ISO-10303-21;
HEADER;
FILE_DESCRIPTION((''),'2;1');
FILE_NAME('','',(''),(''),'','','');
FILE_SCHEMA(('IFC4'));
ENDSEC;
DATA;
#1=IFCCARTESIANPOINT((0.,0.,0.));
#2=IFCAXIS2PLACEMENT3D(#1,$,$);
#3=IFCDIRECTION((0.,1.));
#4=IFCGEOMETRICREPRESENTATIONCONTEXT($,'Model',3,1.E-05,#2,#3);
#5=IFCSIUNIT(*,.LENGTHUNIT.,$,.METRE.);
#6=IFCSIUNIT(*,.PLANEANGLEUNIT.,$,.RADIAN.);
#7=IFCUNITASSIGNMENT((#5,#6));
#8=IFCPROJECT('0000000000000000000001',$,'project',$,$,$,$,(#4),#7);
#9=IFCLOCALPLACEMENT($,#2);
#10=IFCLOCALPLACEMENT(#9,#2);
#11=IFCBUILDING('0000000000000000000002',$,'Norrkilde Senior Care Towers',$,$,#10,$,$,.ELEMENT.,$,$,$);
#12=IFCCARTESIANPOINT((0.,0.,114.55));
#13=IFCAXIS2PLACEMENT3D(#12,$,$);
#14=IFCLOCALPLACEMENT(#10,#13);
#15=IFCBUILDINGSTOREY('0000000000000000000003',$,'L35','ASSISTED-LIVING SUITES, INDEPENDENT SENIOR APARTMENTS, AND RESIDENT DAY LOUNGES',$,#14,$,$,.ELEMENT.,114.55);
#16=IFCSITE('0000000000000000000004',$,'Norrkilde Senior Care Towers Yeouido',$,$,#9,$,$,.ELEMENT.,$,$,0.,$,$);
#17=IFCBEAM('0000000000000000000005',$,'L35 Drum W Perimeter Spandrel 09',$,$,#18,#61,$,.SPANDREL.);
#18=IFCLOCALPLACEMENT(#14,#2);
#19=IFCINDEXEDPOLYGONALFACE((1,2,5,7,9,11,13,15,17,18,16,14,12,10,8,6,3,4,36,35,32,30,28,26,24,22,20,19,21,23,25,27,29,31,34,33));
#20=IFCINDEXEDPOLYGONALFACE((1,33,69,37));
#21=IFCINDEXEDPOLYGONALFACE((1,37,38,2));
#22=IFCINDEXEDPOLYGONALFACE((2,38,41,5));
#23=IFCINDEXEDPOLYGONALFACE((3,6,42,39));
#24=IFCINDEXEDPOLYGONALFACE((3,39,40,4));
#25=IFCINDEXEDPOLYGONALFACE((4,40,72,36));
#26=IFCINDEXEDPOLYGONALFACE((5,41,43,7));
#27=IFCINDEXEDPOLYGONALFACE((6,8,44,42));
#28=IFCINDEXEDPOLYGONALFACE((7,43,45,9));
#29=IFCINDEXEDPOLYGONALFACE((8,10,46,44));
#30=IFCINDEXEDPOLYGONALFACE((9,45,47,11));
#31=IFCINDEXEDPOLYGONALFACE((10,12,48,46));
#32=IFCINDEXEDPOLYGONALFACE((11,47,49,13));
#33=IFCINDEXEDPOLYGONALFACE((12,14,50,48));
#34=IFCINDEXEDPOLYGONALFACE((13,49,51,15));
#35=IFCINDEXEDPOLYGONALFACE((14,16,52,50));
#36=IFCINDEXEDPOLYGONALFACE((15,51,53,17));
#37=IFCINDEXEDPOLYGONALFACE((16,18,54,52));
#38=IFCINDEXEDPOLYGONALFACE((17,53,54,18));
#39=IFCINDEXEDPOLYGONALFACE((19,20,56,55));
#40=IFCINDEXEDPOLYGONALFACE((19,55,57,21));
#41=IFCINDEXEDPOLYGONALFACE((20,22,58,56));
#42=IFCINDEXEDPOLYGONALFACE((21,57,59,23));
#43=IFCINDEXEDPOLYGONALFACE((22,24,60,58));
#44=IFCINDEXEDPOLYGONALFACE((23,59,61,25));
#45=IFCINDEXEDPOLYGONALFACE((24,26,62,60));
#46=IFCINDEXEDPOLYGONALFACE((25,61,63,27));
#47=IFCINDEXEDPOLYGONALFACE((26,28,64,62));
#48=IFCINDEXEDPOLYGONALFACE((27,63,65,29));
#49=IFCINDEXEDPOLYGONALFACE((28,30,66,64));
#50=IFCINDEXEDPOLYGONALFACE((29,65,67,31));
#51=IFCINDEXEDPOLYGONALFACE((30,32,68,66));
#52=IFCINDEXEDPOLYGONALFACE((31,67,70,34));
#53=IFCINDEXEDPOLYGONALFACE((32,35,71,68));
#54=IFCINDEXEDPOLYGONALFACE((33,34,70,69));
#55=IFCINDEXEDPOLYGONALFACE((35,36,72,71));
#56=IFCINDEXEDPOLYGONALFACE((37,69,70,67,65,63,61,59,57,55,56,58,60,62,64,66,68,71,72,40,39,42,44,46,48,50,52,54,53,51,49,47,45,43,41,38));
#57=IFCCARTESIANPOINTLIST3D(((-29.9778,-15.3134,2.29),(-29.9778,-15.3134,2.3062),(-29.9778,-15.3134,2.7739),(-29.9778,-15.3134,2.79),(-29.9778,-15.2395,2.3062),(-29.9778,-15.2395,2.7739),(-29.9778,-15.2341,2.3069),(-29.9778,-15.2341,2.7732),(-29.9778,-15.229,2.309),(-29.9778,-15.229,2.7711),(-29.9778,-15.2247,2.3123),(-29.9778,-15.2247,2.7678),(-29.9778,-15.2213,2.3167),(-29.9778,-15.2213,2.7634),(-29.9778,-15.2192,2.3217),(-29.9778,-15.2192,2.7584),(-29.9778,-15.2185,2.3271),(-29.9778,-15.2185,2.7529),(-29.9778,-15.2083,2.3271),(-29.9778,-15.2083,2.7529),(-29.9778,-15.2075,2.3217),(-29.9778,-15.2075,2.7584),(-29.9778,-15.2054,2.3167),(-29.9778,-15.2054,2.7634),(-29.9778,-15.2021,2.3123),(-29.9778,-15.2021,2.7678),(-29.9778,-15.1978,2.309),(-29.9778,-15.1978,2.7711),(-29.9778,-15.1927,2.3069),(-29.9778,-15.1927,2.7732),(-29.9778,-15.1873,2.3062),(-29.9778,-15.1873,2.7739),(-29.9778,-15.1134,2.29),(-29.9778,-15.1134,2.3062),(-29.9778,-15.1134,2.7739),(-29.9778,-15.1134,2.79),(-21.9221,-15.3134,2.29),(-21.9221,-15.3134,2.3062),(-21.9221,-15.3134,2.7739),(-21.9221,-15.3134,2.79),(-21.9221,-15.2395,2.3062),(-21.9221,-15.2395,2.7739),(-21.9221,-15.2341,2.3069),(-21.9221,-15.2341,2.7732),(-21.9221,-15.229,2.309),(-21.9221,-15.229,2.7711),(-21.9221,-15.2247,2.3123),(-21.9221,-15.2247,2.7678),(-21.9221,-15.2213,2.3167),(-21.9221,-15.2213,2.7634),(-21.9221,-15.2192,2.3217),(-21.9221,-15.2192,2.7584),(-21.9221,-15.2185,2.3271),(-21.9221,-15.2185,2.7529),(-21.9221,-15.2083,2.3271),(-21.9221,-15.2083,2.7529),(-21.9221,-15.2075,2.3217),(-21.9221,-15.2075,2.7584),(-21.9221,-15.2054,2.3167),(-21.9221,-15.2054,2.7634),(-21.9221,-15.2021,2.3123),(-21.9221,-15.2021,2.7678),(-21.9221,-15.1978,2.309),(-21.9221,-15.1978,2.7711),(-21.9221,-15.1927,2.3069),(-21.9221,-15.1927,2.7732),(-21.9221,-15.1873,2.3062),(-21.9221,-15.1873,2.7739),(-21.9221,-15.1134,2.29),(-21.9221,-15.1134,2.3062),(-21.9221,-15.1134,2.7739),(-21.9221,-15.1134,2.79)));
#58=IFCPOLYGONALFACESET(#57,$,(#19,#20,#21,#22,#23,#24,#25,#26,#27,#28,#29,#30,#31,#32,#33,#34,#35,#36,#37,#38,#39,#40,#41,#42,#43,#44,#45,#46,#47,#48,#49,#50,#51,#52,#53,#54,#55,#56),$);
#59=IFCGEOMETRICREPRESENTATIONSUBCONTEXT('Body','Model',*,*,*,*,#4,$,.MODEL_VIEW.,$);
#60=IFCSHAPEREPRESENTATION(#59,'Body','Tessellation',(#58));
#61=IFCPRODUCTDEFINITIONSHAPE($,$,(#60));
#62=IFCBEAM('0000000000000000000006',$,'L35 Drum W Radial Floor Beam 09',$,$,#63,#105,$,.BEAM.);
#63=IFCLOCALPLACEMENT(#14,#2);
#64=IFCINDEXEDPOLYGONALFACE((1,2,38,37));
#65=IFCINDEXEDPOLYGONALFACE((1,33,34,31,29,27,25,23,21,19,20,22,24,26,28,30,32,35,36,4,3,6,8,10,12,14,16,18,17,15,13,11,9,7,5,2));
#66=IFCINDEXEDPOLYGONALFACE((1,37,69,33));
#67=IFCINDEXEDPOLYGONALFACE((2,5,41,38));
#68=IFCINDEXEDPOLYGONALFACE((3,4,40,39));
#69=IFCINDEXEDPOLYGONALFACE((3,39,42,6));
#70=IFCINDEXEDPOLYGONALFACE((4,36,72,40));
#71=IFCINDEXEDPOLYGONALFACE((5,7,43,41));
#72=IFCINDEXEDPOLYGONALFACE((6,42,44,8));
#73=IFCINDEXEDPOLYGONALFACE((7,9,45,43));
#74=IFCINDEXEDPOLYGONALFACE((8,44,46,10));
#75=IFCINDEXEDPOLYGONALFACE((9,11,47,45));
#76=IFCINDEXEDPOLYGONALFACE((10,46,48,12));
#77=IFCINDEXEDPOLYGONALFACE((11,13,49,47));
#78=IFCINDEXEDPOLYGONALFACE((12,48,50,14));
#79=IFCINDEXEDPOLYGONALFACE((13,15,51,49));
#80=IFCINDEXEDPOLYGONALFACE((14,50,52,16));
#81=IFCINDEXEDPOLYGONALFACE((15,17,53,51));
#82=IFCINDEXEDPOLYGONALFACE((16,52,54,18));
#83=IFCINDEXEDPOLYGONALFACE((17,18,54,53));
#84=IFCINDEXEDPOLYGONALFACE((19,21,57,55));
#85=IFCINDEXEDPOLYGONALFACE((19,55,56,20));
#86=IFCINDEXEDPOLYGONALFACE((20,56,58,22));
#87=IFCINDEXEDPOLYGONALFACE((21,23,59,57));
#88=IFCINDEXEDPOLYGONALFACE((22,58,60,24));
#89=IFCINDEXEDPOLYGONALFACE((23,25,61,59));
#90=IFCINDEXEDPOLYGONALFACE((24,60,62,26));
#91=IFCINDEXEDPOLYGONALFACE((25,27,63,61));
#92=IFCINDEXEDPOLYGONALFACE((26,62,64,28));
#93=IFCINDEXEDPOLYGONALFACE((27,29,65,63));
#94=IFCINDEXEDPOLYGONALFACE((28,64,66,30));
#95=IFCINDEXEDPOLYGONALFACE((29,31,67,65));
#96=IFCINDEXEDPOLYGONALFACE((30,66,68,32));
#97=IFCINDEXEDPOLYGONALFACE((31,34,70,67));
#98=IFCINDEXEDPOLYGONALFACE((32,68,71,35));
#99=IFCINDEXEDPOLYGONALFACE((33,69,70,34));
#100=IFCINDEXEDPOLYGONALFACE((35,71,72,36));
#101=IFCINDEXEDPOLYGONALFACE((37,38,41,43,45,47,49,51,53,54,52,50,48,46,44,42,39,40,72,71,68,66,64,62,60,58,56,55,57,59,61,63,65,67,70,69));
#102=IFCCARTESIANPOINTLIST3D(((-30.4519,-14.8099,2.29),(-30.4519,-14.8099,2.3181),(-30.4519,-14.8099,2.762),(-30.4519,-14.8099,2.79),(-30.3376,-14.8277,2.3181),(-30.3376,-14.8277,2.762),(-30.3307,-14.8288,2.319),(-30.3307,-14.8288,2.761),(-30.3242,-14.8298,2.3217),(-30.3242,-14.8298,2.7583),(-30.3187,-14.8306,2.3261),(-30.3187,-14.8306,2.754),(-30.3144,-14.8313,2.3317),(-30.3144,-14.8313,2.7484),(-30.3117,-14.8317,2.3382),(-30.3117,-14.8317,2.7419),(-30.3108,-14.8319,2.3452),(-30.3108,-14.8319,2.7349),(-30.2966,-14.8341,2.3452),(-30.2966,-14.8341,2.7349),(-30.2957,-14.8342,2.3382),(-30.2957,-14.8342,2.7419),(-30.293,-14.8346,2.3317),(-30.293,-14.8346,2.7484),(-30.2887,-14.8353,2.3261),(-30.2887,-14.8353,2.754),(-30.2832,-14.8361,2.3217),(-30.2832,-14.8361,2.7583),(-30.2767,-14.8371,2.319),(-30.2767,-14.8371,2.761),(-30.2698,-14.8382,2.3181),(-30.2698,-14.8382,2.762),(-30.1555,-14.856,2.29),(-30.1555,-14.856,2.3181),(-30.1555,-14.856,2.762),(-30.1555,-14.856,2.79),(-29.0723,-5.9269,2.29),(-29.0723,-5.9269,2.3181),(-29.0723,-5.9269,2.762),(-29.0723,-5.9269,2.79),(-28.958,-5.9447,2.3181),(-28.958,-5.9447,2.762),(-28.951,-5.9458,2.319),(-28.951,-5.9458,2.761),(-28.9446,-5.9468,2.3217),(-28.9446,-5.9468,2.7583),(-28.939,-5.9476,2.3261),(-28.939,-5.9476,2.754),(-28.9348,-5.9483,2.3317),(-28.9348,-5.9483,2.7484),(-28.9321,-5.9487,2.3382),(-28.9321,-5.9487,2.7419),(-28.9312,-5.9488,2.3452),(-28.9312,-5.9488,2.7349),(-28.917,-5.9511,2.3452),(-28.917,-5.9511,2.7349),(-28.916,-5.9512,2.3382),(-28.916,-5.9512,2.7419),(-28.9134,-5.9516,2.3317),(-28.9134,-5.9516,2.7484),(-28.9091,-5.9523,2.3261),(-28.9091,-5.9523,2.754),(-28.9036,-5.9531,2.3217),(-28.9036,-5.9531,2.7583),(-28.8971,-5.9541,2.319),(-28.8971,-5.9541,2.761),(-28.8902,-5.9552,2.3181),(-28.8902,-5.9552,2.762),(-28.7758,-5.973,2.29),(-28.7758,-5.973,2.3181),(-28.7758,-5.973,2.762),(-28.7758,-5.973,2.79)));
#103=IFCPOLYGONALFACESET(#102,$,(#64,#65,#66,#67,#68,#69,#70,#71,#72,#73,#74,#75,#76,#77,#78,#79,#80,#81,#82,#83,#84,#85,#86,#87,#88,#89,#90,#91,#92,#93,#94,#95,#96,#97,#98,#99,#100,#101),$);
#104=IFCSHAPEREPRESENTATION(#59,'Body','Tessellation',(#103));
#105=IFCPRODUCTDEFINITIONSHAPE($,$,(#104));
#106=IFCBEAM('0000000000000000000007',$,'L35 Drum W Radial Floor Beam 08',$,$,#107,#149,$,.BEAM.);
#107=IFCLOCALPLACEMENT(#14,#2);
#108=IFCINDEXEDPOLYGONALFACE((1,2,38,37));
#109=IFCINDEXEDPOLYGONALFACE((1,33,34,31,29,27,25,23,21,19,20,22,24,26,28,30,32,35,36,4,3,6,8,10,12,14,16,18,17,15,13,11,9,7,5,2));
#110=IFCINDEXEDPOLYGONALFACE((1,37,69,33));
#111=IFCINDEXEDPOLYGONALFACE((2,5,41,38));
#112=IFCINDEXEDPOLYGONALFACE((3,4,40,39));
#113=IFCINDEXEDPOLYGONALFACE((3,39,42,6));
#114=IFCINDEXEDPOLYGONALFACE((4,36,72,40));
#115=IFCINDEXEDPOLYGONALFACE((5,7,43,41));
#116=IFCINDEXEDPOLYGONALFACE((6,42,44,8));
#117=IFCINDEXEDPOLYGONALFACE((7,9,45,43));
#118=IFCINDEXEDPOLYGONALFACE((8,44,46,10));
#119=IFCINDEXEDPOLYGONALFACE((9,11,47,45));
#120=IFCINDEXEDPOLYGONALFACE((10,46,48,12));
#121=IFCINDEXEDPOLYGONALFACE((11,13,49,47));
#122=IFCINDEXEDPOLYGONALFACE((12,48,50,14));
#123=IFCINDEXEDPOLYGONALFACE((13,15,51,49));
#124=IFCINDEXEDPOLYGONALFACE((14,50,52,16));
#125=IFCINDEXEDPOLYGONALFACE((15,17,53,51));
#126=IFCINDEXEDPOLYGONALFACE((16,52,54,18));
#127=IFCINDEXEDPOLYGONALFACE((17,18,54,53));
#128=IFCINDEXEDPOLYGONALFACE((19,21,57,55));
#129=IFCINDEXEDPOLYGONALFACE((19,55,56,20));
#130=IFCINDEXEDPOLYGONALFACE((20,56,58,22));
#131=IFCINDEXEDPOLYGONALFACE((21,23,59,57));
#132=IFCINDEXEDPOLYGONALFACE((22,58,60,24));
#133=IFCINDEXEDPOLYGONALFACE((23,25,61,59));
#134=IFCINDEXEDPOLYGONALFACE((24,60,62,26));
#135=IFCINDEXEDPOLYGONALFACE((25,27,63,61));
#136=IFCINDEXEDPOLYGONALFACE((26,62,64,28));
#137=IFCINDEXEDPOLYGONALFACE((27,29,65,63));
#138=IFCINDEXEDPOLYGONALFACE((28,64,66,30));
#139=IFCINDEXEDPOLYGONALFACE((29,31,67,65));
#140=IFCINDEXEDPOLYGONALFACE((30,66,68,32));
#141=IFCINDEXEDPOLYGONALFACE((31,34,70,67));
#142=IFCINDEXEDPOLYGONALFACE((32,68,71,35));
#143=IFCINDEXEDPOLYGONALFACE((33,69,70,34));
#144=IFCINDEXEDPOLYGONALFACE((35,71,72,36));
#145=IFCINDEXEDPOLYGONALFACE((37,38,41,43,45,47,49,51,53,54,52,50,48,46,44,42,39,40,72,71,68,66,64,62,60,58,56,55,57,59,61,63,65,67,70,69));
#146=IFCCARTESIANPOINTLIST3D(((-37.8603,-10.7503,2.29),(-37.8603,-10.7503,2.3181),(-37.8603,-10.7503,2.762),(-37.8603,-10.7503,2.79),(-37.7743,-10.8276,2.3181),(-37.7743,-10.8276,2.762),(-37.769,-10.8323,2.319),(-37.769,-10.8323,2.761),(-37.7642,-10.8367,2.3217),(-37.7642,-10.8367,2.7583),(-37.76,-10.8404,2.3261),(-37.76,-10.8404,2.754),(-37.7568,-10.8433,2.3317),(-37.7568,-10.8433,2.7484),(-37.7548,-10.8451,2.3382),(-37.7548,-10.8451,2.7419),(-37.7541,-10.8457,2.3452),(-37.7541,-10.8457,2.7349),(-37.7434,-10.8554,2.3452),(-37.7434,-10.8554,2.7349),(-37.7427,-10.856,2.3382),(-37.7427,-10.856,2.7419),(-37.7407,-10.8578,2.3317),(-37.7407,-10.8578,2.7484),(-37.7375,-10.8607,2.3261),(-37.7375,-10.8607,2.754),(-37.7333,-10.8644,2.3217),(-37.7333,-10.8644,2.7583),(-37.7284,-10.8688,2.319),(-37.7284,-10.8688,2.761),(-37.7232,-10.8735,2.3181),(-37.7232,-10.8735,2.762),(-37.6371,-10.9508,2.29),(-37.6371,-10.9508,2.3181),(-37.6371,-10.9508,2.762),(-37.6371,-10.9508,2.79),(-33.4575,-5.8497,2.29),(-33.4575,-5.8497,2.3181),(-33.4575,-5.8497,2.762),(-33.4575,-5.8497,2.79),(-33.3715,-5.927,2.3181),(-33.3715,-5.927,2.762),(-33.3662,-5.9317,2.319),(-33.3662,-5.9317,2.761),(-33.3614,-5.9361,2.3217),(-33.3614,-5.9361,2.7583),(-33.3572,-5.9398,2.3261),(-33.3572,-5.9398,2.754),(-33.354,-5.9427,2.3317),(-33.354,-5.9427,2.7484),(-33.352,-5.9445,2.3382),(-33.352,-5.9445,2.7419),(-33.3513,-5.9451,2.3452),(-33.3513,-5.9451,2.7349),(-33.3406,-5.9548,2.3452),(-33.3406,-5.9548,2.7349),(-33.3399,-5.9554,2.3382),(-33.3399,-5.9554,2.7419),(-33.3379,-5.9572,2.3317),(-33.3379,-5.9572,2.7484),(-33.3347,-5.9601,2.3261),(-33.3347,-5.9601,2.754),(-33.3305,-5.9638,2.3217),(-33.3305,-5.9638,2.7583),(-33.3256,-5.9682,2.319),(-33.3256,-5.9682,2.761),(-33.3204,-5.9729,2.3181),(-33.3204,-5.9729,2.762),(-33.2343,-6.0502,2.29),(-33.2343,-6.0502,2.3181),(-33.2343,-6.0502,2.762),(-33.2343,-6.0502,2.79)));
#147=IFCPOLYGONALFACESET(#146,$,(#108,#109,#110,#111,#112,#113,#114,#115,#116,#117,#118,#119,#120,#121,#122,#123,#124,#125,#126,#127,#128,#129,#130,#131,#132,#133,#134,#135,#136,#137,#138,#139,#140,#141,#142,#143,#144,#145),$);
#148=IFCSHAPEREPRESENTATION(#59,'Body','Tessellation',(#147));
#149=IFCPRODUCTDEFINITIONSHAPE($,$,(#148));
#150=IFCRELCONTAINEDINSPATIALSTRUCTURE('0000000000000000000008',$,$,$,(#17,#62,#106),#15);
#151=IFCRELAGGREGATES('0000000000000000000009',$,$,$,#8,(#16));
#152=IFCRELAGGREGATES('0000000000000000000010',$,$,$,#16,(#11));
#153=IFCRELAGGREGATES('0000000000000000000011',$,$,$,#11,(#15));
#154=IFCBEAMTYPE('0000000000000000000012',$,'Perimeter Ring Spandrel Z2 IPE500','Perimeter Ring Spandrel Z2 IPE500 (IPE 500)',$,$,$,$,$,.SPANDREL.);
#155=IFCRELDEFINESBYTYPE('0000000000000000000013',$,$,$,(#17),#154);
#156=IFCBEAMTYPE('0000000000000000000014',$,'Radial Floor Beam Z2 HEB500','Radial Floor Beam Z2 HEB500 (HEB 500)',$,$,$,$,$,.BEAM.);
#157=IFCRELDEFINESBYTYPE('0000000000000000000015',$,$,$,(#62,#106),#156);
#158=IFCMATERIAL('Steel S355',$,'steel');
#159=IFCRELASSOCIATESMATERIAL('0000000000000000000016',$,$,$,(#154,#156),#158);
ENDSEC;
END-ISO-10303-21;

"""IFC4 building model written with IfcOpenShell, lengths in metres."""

from ifc_helpers import new_model, si_unit, direction, frame, origin, origin_2d, place, context, subcontext, project, spatial, i_section, extrude, source, transform, mapped, material, material_profile, profile_set, type_object, type_shapes, element, save


model = new_model("IFC4")

# Units and contexts
model_context = context("Model", 3, precision=1e-05, world=origin(), true_north=direction((0.0, 1.0)))
body_context = subcontext(model_context, "Body", "Model", "MODEL_VIEW")
ifc_project = project(units=[si_unit("LENGTHUNIT", "METRE"), si_unit("PLANEANGLEUNIT", "RADIAN")], contexts=[model_context])

# Site, building, storey
site_placement = place(None, origin())
site = spatial("IfcSite", under=ifc_project, at=site_placement, Name="Norrkilde Senior Care Towers Yeouido", CompositionType="ELEMENT", RefElevation=0.0)
building_placement = place(site_placement, origin())
building = spatial("IfcBuilding", under=site, at=building_placement, Name="Norrkilde Senior Care Towers", CompositionType="ELEMENT")
storey_placement = place(building_placement, frame((0.0, 0.0, 114.55)))
storey = spatial("IfcBuildingStorey", under=building, at=storey_placement, Name="L35", Description="ASSISTED-LIVING SUITES, INDEPENDENT SENIOR APARTMENTS, AND RESIDENT DAY LOUNGES", CompositionType="ELEMENT", Elevation=114.55)

# Beams
ifc_material_1 = material(Name="Steel S355", Category="steel")
ifc_material_profile_1 = material_profile(ifc_material_1, i_section(OverallWidth=0.2, OverallDepth=0.5, WebThickness=0.0103, FlangeThickness=0.0161, FilletRadius=0.021, at=origin_2d()), Name="IPE 500")
ifc_profile_set_1 = profile_set([ifc_material_profile_1], Name="Steel S355")
beam_type_1 = type_object("IfcBeamType", Name="Perimeter Ring Spandrel Z2 IPE500", Description="Perimeter Ring Spandrel Z2 IPE500 (IPE 500)", PredefinedType="SPANDREL", material=ifc_profile_set_1)
shared_shape_1 = source(origin(), body_context, "Body", "SweptSolid", [
    extrude(i_section(OverallWidth=0.2, OverallDepth=0.5, WebThickness=0.0103, FlangeThickness=0.0161, FilletRadius=0.021, at=origin_2d()), origin(), (0.0, 0.0, 1.0), 8.0557),
])
beam_1_placement = place(storey_placement, frame((-29.9778, -15.2134, 2.54), z_axis=(1.0, 0.0, 0.0), x_axis=(0.0, 1.0, 0.0)))
element("IfcBeam", 1, at=beam_1_placement, inside=storey, type_object=beam_type_1, Name="L35 Drum W Perimeter Spandrel 09", PredefinedType="SPANDREL", context=body_context, shape_type="MappedRepresentation", body=[
    mapped(shared_shape_1, transform((0.0, 0.0, 0.0), x_axis=(1.0, 0.0, 0.0), y_axis=(0.0, 1.0, 0.0), z_axis=(0.0, 0.0, 1.0), scale=1.0)),
])
ifc_material_profile_2 = material_profile(ifc_material_1, i_section(OverallWidth=0.3, OverallDepth=0.5, WebThickness=0.0144, FlangeThickness=0.0281, FilletRadius=0.0271, at=origin_2d()), Name="HEB 500")
ifc_profile_set_2 = profile_set([ifc_material_profile_2], Name="Steel S355")
beam_type_2 = type_object("IfcBeamType", Name="Radial Floor Beam Z2 HEB500", Description="Radial Floor Beam Z2 HEB500 (HEB 500)", PredefinedType="BEAM", material=ifc_profile_set_2)
shared_shape_2 = source(origin(), body_context, "Body", "SweptSolid", [
    extrude(i_section(OverallWidth=0.3, OverallDepth=0.5, WebThickness=0.0144, FlangeThickness=0.0281, FilletRadius=0.0271, at=origin_2d()), origin(), (0.0, 0.0, 1.0), 8.9895),
])
beam_2_placement = place(storey_placement, frame((-28.9241, -5.95, 2.54), z_axis=(-0.153471, -0.988153, 0.0), x_axis=(0.988153, -0.153471, 0.0)))
element("IfcBeam", 2, at=beam_2_placement, inside=storey, type_object=beam_type_2, Name="L35 Drum W Radial Floor Beam 09", PredefinedType="BEAM", context=body_context, shape_type="MappedRepresentation", body=[
    mapped(shared_shape_2, transform((0.0, 0.0, 0.0), x_axis=(1.0, 0.0, 0.0), y_axis=(0.0, 1.0, 0.0), z_axis=(0.0, 0.0, 1.0), scale=1.0)),
])
shared_shape_3 = source(origin(), body_context, "Body", "SweptSolid", [
    extrude(i_section(OverallWidth=0.3, OverallDepth=0.5, WebThickness=0.0144, FlangeThickness=0.0281, FilletRadius=0.0271, at=origin_2d()), origin(), (0.0, 0.0, 1.0), 6.5879),
])
type_shapes(beam_type_2, [shared_shape_2, shared_shape_3])
beam_3_placement = place(storey_placement, frame((-33.3459, -5.95, 2.54), z_axis=(-0.668315, -0.743878, 0.0), x_axis=(0.743878, -0.668315, 0.0)))
element("IfcBeam", 3, at=beam_3_placement, inside=storey, type_object=beam_type_2, Name="L35 Drum W Radial Floor Beam 08", PredefinedType="BEAM", context=body_context, shape_type="MappedRepresentation", body=[
    mapped(shared_shape_3, transform((0.0, 0.0, 0.0), x_axis=(1.0, 0.0, 0.0), y_axis=(0.0, 1.0, 0.0), z_axis=(0.0, 0.0, 1.0), scale=1.0)),
])

save(model, "model.ifc")
